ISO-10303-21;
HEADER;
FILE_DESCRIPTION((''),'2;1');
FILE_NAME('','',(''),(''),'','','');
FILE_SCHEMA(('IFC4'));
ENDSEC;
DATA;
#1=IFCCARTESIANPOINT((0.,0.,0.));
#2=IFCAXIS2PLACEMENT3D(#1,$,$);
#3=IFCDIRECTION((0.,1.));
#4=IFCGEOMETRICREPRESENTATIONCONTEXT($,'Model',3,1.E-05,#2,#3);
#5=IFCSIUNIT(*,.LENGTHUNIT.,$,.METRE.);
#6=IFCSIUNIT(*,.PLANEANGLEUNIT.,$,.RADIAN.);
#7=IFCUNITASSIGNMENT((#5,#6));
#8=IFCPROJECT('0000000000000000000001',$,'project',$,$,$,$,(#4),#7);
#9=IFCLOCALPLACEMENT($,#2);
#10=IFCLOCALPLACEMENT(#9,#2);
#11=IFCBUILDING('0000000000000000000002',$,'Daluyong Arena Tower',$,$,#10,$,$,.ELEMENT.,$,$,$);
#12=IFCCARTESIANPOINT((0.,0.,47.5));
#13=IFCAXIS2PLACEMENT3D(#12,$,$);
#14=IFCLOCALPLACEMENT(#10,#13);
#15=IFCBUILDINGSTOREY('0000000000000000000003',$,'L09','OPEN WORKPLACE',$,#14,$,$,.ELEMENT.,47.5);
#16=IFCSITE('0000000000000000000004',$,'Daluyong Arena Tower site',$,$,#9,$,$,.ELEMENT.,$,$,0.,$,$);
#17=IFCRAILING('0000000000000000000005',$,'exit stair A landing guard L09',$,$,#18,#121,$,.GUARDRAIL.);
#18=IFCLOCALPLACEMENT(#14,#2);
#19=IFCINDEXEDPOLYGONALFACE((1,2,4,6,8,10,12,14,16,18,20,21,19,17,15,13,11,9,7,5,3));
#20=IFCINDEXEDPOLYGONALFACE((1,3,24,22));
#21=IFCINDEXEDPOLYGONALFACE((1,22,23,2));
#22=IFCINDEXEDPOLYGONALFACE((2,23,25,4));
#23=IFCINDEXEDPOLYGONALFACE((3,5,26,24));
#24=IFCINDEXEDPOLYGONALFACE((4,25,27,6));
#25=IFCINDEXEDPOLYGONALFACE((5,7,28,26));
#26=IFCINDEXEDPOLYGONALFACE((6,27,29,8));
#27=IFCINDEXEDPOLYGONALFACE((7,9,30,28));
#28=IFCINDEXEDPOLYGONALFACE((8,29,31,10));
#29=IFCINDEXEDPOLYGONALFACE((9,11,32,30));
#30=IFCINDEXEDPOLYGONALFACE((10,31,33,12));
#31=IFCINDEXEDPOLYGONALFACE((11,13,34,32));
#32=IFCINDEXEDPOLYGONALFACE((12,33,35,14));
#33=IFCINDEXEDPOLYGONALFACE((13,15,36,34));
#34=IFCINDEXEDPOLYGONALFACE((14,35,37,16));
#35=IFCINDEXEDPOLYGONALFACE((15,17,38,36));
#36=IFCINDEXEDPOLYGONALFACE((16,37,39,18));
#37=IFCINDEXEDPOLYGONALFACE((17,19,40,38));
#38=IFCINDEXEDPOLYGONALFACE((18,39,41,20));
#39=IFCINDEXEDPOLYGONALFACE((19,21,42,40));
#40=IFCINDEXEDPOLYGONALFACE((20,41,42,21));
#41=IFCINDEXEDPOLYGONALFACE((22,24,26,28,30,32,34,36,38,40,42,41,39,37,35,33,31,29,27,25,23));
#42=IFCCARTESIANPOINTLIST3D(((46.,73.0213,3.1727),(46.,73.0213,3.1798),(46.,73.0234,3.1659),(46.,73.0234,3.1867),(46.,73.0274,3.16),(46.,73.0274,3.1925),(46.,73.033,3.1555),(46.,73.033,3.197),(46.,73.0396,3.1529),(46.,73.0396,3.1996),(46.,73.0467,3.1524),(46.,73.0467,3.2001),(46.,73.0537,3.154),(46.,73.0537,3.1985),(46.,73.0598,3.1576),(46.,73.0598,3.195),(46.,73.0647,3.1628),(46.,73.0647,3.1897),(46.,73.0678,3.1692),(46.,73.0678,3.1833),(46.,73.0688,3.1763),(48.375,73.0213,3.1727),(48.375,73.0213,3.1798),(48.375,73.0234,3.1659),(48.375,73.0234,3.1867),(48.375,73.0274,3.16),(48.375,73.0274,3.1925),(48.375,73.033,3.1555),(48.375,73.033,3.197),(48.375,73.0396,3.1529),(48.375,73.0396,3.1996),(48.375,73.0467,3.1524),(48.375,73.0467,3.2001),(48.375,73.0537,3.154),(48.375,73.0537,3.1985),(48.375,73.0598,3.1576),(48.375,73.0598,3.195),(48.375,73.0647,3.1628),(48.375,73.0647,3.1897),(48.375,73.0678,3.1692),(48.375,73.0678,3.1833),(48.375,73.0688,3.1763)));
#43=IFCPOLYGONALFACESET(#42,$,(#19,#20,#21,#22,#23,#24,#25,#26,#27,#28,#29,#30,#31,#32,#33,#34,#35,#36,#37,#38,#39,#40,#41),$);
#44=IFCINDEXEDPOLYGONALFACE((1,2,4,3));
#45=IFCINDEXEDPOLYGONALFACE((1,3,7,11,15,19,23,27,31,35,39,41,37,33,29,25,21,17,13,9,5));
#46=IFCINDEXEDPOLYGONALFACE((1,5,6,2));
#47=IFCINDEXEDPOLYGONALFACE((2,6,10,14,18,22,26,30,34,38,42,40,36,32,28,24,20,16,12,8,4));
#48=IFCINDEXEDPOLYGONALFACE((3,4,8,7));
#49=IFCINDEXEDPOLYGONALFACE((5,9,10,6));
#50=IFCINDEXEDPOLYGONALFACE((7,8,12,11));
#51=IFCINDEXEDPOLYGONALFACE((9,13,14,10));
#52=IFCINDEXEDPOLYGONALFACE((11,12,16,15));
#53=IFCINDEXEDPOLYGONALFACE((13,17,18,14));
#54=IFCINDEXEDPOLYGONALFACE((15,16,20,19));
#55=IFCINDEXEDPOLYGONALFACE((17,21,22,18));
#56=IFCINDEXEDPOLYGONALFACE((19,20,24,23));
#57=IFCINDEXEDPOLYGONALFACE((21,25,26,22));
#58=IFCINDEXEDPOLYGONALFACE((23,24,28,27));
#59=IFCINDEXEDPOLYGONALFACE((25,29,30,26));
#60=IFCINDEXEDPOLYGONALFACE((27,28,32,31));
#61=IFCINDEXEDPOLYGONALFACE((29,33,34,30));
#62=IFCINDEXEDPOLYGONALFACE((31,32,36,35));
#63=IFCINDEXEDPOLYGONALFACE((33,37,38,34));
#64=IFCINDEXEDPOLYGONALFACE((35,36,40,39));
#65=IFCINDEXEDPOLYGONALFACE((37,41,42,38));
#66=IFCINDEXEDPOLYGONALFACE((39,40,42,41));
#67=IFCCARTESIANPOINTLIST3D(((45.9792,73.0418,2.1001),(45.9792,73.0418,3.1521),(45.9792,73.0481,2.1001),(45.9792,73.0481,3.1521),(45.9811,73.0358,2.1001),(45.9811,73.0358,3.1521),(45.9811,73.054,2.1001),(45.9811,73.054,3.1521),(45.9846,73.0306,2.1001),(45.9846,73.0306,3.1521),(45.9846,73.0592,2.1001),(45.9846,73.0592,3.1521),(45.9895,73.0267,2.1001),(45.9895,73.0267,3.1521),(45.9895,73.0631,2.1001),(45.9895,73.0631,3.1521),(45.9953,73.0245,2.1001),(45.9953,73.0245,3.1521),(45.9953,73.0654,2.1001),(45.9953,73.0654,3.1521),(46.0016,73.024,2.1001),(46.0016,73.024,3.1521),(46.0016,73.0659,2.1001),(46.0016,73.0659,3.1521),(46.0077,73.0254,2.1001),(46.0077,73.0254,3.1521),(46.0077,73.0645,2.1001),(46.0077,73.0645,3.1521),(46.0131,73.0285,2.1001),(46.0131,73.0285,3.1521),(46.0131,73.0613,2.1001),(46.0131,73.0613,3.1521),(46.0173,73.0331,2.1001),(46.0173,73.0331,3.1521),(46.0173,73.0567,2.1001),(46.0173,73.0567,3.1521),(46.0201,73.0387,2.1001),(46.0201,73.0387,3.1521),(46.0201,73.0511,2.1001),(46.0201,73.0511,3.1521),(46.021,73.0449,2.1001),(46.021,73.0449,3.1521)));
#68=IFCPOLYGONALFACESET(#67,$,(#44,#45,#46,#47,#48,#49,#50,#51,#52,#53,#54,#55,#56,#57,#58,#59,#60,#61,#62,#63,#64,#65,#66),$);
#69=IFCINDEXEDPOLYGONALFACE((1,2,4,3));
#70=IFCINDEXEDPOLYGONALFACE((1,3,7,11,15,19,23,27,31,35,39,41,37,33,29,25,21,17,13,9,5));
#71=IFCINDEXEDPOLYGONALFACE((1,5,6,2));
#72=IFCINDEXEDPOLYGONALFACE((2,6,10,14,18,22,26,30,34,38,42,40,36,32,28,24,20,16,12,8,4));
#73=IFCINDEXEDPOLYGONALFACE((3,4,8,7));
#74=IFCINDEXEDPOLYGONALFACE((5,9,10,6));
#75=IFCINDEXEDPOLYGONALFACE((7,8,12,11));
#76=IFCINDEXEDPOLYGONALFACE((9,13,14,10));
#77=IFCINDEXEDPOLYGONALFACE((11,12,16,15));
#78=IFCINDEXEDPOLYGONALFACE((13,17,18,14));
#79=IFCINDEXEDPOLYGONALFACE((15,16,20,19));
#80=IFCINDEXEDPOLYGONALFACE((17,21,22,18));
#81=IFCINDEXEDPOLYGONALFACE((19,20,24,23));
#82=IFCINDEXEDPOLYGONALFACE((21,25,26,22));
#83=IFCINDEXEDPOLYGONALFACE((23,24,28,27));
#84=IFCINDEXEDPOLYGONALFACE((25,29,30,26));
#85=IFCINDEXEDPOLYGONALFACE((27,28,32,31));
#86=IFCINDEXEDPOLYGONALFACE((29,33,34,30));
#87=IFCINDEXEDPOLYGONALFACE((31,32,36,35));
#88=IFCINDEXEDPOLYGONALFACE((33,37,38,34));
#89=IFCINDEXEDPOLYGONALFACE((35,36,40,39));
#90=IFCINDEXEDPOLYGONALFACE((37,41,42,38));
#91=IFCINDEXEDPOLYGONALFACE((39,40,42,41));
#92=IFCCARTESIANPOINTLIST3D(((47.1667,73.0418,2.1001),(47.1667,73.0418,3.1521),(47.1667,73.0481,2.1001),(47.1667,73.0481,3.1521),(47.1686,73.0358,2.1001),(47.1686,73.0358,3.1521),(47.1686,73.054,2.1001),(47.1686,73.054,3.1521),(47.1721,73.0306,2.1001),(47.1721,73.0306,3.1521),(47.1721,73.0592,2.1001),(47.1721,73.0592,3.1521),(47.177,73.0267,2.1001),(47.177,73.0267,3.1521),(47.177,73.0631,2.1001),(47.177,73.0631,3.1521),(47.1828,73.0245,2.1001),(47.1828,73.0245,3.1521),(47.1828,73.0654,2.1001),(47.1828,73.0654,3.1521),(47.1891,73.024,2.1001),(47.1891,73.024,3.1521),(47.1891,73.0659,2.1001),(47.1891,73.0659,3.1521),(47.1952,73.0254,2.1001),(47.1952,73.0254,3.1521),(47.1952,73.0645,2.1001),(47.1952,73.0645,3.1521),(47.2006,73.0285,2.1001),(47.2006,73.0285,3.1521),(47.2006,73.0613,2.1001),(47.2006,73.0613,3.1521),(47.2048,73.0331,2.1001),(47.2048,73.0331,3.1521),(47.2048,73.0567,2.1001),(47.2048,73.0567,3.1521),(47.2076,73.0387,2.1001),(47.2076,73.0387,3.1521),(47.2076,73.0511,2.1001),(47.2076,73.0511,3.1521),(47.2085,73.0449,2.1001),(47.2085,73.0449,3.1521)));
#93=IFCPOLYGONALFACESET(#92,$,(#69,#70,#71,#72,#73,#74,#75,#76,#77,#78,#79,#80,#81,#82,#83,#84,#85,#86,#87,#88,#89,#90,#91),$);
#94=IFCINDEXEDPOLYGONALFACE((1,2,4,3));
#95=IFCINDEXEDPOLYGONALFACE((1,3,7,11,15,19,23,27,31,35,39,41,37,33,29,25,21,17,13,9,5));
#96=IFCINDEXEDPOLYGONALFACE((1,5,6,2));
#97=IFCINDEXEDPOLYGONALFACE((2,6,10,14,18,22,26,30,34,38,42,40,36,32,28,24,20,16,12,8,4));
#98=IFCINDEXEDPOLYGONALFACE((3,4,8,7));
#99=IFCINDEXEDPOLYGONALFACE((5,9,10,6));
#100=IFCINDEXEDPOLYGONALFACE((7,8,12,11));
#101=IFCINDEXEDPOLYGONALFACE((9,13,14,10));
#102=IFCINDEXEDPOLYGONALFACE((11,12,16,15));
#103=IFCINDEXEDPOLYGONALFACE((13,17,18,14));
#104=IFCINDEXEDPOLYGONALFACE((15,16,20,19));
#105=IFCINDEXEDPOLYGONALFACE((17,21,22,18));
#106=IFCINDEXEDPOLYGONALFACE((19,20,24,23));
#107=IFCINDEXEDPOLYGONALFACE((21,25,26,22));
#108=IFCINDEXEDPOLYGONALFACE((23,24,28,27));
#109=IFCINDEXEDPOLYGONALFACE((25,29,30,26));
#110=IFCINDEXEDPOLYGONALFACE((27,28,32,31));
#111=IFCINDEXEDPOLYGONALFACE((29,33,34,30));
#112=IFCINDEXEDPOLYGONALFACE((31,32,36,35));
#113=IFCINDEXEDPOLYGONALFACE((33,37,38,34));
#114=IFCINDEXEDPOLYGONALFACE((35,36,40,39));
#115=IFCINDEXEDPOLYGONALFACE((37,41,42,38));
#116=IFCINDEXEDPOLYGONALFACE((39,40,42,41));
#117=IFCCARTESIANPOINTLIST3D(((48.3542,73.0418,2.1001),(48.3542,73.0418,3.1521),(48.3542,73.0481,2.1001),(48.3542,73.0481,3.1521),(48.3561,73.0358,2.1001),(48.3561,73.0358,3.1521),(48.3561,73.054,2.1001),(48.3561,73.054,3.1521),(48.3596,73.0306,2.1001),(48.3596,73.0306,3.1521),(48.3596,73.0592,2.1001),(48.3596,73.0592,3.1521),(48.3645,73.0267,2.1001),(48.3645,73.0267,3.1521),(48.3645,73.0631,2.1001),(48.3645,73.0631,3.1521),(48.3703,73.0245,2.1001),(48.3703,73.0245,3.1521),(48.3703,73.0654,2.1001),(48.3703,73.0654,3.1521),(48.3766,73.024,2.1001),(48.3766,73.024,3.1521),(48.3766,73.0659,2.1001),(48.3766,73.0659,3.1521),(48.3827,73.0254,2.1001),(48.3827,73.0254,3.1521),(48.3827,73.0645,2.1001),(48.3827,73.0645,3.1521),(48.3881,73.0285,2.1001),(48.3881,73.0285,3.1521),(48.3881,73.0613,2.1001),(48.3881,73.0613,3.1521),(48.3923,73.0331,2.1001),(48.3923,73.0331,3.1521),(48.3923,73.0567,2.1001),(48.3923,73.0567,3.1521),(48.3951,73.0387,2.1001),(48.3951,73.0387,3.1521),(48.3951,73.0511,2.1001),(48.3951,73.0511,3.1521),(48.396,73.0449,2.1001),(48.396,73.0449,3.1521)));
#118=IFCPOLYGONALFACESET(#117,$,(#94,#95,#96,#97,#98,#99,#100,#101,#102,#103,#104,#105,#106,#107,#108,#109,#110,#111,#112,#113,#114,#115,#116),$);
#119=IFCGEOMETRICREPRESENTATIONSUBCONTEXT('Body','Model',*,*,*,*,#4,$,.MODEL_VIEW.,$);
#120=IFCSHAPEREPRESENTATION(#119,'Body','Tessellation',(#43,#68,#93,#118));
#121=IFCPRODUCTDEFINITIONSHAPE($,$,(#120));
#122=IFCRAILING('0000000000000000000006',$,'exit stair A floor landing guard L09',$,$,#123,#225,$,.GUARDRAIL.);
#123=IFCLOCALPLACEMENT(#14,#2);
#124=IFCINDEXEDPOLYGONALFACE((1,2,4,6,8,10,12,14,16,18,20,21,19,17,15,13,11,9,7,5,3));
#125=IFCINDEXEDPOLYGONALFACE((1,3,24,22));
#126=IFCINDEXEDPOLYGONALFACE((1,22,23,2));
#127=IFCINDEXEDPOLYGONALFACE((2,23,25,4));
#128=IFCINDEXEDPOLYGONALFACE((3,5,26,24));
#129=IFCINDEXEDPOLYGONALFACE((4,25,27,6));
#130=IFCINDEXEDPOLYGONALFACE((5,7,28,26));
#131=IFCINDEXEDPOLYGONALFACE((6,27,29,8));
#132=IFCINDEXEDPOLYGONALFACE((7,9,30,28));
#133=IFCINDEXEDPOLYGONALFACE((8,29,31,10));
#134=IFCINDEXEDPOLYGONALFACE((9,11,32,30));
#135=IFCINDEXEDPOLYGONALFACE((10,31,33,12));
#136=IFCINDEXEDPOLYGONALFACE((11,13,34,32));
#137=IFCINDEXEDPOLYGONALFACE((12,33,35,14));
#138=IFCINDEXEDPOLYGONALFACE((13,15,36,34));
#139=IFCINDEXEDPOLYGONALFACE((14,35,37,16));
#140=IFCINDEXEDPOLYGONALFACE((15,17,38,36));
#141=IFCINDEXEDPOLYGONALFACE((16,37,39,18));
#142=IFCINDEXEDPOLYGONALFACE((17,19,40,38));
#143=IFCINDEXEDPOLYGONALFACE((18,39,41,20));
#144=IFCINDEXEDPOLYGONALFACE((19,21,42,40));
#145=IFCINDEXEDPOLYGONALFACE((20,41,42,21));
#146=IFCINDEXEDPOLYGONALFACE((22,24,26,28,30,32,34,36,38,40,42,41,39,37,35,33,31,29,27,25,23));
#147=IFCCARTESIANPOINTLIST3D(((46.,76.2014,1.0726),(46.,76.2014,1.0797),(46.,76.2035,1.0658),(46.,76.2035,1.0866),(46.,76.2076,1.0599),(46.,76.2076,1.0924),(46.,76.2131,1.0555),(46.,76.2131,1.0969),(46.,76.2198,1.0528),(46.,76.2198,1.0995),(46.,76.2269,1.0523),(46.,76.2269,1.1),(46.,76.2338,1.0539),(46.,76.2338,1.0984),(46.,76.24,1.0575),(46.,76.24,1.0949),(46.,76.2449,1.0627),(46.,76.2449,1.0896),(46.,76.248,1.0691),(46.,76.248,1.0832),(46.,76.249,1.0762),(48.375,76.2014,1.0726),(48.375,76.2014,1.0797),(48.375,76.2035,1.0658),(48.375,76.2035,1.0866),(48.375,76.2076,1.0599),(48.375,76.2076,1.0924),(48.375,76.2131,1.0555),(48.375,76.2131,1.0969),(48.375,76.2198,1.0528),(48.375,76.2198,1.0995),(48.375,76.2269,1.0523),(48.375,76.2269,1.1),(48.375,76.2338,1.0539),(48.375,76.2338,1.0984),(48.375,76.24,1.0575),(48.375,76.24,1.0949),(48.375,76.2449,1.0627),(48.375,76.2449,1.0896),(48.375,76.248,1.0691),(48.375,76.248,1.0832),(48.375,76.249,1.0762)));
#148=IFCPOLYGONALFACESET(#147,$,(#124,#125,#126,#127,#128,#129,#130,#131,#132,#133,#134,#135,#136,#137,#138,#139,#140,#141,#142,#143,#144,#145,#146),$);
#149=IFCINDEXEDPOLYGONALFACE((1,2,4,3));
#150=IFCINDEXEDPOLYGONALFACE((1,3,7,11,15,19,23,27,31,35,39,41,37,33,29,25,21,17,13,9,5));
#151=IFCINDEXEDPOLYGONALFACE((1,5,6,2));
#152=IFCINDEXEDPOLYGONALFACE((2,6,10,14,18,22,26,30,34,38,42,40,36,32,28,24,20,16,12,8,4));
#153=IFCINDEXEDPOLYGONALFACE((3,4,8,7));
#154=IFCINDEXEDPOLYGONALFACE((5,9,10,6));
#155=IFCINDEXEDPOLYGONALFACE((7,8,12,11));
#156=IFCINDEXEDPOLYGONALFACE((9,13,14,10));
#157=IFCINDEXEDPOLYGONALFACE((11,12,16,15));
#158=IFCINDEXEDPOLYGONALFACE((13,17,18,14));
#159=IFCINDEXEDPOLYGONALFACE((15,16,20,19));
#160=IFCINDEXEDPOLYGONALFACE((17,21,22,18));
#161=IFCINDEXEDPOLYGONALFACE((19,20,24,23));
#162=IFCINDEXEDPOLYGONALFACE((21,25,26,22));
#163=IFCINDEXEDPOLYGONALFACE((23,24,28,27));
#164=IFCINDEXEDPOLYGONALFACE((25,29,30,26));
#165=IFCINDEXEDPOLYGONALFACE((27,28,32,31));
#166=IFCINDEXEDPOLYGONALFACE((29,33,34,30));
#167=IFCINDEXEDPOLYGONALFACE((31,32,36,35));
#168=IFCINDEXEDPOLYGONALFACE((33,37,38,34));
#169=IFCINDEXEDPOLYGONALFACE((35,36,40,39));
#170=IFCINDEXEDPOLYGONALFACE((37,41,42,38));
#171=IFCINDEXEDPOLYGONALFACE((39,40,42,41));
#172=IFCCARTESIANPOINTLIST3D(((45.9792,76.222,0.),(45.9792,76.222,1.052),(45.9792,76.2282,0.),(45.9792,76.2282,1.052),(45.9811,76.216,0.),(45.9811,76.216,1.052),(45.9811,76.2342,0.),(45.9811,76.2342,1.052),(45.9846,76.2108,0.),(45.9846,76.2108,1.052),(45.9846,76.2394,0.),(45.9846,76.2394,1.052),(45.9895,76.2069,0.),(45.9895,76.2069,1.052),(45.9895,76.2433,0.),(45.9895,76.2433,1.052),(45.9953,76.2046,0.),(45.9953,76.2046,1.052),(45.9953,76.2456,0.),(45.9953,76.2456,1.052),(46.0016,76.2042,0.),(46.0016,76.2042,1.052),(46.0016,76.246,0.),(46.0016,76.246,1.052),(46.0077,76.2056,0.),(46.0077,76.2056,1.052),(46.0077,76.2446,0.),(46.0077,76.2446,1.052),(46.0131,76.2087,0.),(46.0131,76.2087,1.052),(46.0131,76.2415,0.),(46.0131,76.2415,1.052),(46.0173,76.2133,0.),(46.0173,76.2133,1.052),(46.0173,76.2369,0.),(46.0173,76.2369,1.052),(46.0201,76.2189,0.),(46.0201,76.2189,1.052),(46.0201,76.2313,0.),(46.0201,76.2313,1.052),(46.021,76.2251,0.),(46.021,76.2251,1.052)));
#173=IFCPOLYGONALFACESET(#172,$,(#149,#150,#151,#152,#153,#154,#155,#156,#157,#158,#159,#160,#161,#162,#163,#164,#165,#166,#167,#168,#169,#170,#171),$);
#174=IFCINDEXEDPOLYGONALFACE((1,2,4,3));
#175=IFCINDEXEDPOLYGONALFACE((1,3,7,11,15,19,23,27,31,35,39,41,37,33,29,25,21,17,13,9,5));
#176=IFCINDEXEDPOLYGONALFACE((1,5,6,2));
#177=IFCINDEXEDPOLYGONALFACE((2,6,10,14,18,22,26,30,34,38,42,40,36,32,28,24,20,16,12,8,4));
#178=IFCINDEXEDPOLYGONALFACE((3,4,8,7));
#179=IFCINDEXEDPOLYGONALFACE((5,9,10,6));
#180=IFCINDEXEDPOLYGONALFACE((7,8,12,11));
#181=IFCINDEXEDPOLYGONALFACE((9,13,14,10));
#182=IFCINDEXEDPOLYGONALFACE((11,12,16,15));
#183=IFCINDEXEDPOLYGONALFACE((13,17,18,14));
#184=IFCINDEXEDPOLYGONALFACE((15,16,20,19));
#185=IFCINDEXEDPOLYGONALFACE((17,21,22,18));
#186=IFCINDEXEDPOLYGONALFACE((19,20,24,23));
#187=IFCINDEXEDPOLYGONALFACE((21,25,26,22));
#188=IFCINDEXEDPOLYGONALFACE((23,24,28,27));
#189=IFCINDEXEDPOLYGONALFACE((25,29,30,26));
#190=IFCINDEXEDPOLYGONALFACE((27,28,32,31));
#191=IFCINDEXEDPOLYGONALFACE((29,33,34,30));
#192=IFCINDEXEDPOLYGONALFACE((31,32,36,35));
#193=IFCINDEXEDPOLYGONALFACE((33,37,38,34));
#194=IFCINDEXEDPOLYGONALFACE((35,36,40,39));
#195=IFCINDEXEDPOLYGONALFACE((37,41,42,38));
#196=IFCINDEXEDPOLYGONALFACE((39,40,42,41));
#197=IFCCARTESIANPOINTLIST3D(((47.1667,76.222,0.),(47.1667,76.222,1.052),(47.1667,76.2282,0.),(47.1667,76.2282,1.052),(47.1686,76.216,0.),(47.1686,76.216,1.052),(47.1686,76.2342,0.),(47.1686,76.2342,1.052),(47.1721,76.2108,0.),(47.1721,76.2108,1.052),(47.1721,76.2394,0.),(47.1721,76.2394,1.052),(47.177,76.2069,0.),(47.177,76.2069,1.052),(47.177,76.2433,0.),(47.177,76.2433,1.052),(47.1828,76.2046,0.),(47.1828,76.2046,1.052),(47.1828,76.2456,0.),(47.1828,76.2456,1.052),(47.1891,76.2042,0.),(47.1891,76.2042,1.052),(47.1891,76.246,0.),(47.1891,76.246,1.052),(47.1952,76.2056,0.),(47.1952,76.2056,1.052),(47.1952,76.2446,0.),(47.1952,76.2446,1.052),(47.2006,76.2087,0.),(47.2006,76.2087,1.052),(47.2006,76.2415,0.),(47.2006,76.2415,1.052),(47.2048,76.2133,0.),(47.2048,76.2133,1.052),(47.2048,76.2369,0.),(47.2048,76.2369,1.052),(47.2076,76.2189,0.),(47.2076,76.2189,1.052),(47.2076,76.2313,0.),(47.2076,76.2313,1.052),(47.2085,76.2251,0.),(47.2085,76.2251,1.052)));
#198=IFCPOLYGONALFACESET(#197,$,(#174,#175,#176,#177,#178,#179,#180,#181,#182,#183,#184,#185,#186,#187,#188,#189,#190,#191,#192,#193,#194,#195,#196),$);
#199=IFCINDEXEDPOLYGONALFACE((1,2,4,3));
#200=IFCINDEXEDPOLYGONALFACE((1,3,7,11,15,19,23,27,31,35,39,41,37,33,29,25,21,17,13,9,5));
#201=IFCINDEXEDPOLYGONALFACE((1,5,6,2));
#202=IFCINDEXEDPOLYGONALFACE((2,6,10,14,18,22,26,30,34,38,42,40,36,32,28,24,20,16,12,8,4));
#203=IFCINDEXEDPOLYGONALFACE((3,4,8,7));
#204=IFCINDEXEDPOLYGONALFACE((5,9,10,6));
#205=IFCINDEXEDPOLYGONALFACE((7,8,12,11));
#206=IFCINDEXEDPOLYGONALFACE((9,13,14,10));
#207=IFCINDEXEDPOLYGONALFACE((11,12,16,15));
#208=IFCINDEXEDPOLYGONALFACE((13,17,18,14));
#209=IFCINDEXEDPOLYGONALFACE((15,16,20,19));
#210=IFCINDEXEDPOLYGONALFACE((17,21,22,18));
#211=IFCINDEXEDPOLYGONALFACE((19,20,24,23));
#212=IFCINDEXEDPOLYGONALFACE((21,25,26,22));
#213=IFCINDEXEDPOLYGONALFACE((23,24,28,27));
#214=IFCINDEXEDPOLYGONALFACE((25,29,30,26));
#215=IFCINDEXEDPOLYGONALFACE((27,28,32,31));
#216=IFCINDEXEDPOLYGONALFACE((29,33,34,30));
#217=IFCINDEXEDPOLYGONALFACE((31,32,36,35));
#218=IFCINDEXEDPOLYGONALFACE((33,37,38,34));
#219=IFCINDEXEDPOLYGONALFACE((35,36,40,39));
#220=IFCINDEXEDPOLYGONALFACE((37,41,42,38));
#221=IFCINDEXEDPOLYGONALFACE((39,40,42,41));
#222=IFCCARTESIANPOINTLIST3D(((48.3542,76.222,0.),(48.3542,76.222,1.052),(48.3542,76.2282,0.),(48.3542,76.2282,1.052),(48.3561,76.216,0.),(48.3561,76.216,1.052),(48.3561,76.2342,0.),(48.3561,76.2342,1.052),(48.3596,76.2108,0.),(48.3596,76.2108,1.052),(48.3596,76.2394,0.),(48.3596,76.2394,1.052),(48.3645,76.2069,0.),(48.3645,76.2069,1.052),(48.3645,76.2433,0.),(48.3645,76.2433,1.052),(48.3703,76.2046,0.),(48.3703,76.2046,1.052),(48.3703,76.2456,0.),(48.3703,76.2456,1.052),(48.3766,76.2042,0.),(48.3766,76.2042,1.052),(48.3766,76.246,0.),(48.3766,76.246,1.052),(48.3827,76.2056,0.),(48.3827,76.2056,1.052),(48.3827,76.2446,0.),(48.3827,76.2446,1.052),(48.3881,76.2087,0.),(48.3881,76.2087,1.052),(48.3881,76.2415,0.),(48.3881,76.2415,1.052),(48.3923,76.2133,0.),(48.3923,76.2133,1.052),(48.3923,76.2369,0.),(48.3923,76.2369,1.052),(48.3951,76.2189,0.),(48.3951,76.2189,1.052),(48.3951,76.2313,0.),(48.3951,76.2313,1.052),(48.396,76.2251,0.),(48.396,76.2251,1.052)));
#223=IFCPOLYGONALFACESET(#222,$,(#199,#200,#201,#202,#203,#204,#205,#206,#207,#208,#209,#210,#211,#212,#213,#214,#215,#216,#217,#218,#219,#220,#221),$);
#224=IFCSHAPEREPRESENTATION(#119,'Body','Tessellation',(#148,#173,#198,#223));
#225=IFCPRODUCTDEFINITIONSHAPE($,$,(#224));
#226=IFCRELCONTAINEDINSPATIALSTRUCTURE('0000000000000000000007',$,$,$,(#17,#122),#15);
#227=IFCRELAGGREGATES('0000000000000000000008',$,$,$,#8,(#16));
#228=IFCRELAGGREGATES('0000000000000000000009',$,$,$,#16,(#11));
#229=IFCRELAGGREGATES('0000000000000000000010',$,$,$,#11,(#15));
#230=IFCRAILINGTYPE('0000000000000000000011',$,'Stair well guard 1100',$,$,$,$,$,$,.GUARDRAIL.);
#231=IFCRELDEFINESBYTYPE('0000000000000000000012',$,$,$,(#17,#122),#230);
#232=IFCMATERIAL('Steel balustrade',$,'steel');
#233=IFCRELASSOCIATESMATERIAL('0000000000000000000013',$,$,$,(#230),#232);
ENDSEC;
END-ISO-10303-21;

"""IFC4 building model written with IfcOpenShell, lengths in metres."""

from ifc_helpers import new_model, si_unit, direction, frame, origin, origin_2d, place, context, subcontext, project, spatial, circle, extrude, material, type_object, element, save


model = new_model("IFC4")

# Units and contexts
model_context = context("Model", 3, precision=1e-05, world=origin(), true_north=direction((0.0, 1.0)))
body_context = subcontext(model_context, "Body", "Model", "MODEL_VIEW")
ifc_project = project(units=[si_unit("LENGTHUNIT", "METRE"), si_unit("PLANEANGLEUNIT", "RADIAN")], contexts=[model_context])

# Site, building, storey
site_placement = place(None, origin())
site = spatial("IfcSite", under=ifc_project, at=site_placement, Name="Daluyong Arena Tower site", CompositionType="ELEMENT", RefElevation=0.0)
building_placement = place(site_placement, origin())
building = spatial("IfcBuilding", under=site, at=building_placement, Name="Daluyong Arena Tower", CompositionType="ELEMENT")
storey_placement = place(building_placement, frame((0.0, 0.0, 47.5)))
storey = spatial("IfcBuildingStorey", under=building, at=storey_placement, Name="L09", Description="OPEN WORKPLACE", CompositionType="ELEMENT", Elevation=47.5)

# Railings
ifc_material_1 = material(Name="Steel balustrade", Category="steel")
railing_type_1 = type_object("IfcRailingType", Name="Stair well guard 1100", PredefinedType="GUARDRAIL", material=ifc_material_1)
for number, where, name in (
    (1, (46.0, 73.0449, 2.1001), "exit stair A landing guard L09"),
    (2, (46.0, 76.2251, 0.0), "exit stair A floor landing guard L09"),
):
    element("IfcRailing", number, at=place(storey_placement, frame(where)), inside=storey, type_object=railing_type_1, Name=name, PredefinedType="GUARDRAIL", context=body_context, shape_type="SweptSolid", body=[
        extrude(circle(Radius=0.0239, at=origin_2d()), frame((0.0, 0.0, 1.0762), z_axis=(1.0, 0.0, 0.0), x_axis=(0.0, 1.0, 0.0)), (0.0, 0.0, 1.0), 2.375),
        extrude(circle(Radius=0.021, at=origin_2d()), origin(), (0.0, 0.0, 1.0), 1.052),
        extrude(circle(Radius=0.021, at=origin_2d()), frame((1.1875, 0.0, 0.0)), (0.0, 0.0, 1.0), 1.052),
        extrude(circle(Radius=0.021, at=origin_2d()), frame((2.375, 0.0, 0.0)), (0.0, 0.0, 1.0), 1.052),
    ])

save(model, "model.ifc")
